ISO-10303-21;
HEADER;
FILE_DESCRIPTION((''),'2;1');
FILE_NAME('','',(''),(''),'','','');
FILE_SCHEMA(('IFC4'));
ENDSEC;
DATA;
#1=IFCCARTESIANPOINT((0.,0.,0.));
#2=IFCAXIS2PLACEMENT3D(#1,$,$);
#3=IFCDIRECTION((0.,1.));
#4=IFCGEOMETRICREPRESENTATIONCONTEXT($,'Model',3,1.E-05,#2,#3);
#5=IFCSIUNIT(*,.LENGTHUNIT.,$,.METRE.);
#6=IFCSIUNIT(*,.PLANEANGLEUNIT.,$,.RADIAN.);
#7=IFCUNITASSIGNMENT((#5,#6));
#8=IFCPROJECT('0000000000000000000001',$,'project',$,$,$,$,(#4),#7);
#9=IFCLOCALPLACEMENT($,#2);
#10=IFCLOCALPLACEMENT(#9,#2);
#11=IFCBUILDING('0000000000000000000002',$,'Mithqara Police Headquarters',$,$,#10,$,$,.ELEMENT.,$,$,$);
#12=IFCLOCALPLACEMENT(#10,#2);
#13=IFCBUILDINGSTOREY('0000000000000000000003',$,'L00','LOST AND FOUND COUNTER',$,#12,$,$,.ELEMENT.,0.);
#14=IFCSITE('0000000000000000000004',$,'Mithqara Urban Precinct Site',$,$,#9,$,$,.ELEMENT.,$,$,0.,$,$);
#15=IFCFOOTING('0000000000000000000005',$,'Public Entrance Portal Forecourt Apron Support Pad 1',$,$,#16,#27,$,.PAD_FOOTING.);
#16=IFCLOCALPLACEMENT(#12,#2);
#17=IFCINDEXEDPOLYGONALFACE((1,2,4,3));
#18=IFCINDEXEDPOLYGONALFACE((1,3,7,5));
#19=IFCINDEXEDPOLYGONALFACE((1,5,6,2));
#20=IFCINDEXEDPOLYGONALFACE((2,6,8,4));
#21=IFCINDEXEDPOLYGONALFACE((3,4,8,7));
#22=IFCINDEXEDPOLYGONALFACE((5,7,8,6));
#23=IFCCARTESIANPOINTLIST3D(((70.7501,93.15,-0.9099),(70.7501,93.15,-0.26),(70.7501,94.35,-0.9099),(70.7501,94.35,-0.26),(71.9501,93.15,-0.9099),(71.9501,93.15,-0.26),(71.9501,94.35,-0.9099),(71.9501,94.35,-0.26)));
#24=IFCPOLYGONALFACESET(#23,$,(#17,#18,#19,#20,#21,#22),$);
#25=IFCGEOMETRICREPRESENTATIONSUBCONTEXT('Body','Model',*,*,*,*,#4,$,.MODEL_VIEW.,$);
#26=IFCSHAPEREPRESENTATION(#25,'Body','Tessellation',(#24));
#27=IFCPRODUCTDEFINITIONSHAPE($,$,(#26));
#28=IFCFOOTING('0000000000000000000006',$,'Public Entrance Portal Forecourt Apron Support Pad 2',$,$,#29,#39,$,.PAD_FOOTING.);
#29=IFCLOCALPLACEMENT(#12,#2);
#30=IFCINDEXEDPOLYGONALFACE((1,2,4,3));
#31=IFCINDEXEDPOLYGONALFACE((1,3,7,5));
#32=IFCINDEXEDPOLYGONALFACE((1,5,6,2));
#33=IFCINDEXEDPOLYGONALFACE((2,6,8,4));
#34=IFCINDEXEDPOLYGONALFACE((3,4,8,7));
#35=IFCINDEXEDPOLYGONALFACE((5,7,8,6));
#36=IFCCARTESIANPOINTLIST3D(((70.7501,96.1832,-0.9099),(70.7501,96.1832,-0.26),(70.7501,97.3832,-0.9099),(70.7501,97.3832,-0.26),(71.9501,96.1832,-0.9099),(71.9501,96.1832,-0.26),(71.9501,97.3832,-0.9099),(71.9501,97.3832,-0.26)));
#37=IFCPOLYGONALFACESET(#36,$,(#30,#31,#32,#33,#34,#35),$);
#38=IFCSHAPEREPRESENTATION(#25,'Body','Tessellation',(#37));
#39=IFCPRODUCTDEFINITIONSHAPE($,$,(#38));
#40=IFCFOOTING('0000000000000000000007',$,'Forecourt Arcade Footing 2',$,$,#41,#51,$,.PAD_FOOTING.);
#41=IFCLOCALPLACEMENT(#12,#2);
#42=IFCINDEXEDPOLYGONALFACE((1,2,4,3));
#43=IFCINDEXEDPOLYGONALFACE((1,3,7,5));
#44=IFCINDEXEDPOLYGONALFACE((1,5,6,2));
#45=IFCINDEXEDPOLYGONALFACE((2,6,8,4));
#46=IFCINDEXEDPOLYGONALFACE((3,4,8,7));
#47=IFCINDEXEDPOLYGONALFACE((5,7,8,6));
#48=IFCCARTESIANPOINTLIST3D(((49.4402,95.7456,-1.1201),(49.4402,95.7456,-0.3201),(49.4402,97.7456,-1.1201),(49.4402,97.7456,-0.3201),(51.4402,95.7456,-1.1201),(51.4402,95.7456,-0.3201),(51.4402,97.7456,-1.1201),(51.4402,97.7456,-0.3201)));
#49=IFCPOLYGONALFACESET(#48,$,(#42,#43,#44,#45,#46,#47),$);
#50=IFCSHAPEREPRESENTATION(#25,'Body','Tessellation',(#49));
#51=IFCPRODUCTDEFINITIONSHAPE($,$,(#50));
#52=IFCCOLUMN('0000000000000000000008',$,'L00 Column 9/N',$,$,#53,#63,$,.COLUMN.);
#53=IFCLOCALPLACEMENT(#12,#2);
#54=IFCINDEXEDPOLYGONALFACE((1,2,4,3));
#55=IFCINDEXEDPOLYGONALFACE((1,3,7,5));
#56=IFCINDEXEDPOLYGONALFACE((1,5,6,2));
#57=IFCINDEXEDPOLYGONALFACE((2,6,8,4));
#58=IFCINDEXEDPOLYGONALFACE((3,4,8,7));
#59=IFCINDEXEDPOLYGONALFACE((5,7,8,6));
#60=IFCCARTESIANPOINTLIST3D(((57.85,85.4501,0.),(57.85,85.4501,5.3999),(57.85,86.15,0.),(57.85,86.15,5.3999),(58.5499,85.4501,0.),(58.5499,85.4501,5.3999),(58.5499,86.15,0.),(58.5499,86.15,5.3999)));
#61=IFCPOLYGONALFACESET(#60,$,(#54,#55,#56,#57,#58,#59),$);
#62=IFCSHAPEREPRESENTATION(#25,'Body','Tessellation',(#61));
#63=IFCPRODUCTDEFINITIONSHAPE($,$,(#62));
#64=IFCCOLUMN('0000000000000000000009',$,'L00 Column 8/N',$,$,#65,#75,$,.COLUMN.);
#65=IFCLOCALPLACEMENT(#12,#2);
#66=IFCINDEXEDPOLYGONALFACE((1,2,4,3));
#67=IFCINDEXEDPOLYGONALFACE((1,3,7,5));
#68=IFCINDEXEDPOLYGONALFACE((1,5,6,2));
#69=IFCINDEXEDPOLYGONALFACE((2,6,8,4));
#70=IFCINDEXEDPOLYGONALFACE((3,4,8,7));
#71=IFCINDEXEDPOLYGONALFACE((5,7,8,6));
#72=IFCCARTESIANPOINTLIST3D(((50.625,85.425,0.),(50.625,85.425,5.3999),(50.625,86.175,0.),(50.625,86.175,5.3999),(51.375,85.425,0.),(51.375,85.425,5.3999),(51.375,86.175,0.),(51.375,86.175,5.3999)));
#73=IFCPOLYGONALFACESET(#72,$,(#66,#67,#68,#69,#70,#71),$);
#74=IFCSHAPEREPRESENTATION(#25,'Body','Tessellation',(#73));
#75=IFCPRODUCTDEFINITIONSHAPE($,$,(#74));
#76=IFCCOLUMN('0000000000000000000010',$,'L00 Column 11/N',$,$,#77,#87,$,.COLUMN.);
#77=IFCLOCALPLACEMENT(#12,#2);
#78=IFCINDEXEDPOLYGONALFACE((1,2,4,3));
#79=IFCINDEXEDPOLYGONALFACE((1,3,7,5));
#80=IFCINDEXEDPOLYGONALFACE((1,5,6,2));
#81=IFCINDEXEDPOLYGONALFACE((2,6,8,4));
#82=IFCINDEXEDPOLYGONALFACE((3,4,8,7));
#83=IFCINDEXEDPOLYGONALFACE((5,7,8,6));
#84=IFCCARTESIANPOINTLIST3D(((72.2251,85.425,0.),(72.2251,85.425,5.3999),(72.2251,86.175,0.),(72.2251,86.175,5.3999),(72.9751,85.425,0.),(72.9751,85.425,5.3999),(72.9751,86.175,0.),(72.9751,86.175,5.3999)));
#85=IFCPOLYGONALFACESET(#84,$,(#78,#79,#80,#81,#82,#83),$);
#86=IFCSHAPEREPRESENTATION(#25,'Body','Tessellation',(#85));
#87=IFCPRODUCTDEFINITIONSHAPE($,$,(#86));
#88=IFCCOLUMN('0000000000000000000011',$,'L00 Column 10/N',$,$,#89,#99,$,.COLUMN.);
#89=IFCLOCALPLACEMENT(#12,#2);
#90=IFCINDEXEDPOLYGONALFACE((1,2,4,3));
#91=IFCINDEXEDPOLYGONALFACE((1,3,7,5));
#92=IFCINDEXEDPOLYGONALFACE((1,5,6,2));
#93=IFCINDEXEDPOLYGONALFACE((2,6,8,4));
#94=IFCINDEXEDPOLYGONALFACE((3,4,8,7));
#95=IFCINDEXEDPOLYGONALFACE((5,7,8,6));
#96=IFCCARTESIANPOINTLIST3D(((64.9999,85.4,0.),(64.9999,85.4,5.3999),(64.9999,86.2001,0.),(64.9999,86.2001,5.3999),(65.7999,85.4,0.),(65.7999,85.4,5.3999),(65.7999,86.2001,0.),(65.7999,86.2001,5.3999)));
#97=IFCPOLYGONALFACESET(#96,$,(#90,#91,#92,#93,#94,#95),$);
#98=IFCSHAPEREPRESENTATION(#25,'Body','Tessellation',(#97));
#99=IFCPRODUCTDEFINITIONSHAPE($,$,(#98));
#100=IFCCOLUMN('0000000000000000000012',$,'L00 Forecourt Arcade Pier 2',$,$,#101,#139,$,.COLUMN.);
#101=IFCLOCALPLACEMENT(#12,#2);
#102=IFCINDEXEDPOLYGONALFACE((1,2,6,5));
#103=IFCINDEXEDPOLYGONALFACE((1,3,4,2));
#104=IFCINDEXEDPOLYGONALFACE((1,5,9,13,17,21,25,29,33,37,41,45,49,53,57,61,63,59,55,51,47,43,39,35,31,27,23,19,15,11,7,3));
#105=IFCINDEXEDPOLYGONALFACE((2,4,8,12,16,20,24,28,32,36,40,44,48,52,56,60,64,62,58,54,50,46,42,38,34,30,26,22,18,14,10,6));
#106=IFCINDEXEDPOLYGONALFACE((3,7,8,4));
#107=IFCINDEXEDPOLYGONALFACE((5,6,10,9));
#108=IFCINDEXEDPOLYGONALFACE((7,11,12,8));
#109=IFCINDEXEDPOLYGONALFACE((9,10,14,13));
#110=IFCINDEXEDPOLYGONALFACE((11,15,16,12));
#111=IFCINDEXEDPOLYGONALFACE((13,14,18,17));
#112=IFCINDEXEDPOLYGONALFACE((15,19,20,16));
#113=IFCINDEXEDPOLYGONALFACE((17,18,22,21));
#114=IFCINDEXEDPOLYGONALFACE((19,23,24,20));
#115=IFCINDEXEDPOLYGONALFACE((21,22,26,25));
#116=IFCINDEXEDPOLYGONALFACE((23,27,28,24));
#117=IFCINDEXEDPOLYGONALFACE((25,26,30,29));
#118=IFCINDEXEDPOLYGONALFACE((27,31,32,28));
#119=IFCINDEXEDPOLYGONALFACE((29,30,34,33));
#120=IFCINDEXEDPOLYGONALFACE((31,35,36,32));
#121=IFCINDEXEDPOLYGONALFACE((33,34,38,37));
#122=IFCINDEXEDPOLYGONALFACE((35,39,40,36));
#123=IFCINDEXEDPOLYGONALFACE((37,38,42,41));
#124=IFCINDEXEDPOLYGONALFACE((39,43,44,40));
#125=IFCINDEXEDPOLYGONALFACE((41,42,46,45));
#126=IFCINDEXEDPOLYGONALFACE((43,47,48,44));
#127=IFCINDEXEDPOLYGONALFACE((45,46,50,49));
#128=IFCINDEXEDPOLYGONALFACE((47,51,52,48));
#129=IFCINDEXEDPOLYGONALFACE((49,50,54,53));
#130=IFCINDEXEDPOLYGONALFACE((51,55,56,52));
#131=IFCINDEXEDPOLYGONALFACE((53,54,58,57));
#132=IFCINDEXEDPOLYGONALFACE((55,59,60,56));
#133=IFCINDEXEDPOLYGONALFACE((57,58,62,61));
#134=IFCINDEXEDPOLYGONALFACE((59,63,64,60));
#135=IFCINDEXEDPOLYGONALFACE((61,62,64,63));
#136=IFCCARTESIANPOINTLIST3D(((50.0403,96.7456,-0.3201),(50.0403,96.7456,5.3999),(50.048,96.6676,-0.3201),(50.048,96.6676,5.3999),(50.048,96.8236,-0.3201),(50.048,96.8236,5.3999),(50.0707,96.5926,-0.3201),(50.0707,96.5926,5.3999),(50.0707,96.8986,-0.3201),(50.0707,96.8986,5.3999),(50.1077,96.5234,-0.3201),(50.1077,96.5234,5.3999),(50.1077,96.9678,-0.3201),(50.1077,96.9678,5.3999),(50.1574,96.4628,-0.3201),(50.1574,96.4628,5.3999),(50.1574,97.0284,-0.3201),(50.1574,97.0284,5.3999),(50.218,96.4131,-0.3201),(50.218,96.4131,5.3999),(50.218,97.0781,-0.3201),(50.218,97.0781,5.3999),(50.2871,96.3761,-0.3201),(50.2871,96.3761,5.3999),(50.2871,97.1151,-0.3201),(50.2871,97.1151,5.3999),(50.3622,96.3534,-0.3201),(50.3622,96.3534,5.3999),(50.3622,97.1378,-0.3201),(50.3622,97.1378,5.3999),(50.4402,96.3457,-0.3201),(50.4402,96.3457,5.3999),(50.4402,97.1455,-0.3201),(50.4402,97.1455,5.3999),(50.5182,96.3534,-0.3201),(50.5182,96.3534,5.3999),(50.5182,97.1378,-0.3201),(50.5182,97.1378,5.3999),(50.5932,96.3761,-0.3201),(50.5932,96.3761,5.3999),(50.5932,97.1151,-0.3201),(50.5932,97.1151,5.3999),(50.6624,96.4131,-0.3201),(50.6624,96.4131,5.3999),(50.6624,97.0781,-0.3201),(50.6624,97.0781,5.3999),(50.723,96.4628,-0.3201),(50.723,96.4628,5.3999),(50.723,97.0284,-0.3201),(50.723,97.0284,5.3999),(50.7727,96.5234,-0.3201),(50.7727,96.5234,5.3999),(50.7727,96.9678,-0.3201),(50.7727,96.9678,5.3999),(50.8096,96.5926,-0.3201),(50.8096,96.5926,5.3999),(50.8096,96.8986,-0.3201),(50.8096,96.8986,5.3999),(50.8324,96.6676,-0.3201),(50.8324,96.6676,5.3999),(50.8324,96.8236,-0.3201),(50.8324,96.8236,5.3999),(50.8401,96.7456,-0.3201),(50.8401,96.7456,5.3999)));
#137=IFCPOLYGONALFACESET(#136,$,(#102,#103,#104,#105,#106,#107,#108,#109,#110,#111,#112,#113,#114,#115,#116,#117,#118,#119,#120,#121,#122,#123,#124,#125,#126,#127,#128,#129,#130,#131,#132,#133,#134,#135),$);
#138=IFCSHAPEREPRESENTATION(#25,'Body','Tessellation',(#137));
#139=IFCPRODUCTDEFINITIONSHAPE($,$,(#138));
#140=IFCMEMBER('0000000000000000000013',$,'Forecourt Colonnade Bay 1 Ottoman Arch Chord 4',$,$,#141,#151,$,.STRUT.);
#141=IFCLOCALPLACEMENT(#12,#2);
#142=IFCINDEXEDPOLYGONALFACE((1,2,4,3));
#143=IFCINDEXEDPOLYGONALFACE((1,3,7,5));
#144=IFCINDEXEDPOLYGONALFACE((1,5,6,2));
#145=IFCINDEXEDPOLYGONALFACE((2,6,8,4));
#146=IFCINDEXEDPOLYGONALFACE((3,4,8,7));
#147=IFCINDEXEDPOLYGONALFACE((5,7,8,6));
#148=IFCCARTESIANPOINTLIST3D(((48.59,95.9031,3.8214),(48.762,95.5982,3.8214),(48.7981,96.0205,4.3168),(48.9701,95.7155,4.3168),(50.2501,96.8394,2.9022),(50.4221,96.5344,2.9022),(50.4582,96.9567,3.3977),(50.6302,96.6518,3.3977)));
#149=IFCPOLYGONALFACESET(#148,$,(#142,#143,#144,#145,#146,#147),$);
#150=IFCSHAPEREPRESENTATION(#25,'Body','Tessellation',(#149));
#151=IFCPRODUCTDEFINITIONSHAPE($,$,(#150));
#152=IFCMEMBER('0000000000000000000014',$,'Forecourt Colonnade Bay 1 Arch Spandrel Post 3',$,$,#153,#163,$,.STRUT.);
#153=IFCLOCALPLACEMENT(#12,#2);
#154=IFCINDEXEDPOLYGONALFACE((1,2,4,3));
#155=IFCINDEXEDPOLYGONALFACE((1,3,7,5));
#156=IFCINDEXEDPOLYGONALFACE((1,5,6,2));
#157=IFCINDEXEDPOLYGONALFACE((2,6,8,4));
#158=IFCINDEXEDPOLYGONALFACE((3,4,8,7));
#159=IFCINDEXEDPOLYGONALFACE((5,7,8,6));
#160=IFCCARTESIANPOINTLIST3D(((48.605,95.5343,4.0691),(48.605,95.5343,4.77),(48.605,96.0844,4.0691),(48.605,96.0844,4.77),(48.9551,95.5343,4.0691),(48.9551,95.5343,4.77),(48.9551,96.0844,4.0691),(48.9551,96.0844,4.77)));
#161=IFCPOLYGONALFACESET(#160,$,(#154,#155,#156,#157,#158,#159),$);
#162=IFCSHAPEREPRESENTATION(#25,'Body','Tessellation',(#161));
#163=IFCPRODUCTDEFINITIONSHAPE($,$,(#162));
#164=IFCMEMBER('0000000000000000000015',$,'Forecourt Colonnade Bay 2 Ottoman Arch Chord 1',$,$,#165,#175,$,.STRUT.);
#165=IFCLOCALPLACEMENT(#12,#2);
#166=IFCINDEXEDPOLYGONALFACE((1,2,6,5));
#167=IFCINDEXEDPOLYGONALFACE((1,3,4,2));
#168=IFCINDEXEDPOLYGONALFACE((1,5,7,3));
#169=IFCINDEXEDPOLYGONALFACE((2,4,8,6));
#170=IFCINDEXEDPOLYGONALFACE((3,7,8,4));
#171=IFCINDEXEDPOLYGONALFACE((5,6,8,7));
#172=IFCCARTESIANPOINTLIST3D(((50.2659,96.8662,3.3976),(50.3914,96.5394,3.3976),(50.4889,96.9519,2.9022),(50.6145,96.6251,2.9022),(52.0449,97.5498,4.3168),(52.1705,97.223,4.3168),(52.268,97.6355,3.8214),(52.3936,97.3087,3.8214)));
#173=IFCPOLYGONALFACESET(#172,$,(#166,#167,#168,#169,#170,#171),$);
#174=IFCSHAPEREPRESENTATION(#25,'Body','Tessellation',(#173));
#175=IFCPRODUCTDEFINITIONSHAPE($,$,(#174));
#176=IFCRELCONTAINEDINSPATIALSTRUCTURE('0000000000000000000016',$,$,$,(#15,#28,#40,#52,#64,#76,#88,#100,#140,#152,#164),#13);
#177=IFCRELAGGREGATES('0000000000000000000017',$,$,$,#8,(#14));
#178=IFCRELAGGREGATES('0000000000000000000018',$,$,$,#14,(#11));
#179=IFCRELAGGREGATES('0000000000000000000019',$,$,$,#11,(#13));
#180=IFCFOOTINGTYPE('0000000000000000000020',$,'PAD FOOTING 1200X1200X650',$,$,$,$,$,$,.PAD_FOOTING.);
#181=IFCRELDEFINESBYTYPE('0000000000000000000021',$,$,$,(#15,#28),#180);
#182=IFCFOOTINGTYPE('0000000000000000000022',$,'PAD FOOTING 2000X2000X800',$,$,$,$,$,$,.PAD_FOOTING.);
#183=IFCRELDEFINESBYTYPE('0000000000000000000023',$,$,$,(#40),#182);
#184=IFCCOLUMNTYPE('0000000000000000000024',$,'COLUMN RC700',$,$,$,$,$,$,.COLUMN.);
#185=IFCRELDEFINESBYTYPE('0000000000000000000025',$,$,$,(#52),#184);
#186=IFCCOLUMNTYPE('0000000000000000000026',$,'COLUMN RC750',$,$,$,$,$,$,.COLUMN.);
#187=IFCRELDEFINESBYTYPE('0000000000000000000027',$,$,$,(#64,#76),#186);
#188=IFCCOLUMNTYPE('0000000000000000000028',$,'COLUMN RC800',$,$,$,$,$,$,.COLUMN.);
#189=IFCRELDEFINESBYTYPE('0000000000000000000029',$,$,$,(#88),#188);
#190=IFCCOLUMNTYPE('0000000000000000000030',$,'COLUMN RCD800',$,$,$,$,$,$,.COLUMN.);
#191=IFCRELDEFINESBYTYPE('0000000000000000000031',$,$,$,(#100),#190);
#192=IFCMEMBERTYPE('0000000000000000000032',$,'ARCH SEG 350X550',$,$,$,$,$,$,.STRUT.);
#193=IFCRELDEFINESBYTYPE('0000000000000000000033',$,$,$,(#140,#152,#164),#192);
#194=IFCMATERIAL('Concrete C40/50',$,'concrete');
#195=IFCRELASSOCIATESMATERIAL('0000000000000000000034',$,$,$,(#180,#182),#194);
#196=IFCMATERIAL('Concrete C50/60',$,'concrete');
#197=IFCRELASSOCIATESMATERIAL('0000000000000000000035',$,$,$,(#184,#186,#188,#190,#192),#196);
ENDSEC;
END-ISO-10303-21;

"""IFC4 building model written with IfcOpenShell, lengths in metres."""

from ifc_helpers import new_model, si_unit, direction, frame, origin, origin_2d, place, context, subcontext, project, spatial, rectangle, circle, extrude, material, material_profile, profile_set, type_object, element, save


model = new_model("IFC4")

# Units and contexts
model_context = context("Model", 3, precision=1e-05, world=origin(), true_north=direction((0.0, 1.0)))
body_context = subcontext(model_context, "Body", "Model", "MODEL_VIEW")
ifc_project = project(units=[si_unit("LENGTHUNIT", "METRE"), si_unit("PLANEANGLEUNIT", "RADIAN")], contexts=[model_context])

# Site, building, storey
site_placement = place(None, origin())
site = spatial("IfcSite", under=ifc_project, at=site_placement, Name="Mithqara Urban Precinct Site", CompositionType="ELEMENT", RefElevation=0.0)
building_placement = place(site_placement, origin())
building = spatial("IfcBuilding", under=site, at=building_placement, Name="Mithqara Police Headquarters", CompositionType="ELEMENT")
storey_placement = place(building_placement, origin())
storey = spatial("IfcBuildingStorey", under=building, at=storey_placement, Name="L00", Description="LOST AND FOUND COUNTER", CompositionType="ELEMENT", Elevation=0.0)

# Footings
ifc_material_1 = material(Name="Concrete C40/50", Category="concrete")
footing_type_1 = type_object("IfcFootingType", Name="PAD FOOTING 1200X1200X650", PredefinedType="PAD_FOOTING", material=ifc_material_1)
for number, where, z_axis, x_axis, name in (
    (1, (71.3501, 93.75, -0.9099), (0.0, 0.0, 1.0), (1.0, 0.0, 0.0), "Public Entrance Portal Forecourt Apron Support Pad 1"),
    (2, (71.3501, 96.7832, -0.9099), (0.0, 0.0, 1.0), (1.0, 0.0, 0.0), "Public Entrance Portal Forecourt Apron Support Pad 2"),
):
    element("IfcFooting", number, at=place(storey_placement, frame(where, z_axis=z_axis, x_axis=x_axis)), inside=storey, type_object=footing_type_1, Name=name, PredefinedType="PAD_FOOTING", context=body_context, shape_type="SweptSolid", body=[
        extrude(rectangle(XDim=1.2, YDim=1.2, at=origin_2d()), origin(), (0.0, 0.0, 1.0), 0.6499),
    ])
footing_type_2 = type_object("IfcFootingType", Name="PAD FOOTING 2000X2000X800", PredefinedType="PAD_FOOTING", material=ifc_material_1)
footing_placement = place(storey_placement, frame((50.4402, 96.7456, -1.1201), z_axis=(0.0, 0.0, 1.0), x_axis=(1.0, 0.0, 0.0)))
element("IfcFooting", 3, at=footing_placement, inside=storey, type_object=footing_type_2, Name="Forecourt Arcade Footing 2", PredefinedType="PAD_FOOTING", context=body_context, shape_type="SweptSolid", body=[
    extrude(rectangle(XDim=2.0, YDim=2.0, at=origin_2d()), origin(), (0.0, 0.0, 1.0), 0.8),
])

# Columns
ifc_material_2 = material(Name="Concrete C50/60", Category="concrete")
ifc_material_profile_1 = material_profile(ifc_material_2, rectangle(XDim=0.7, YDim=0.7, at=origin_2d()), Name="RC 700x700")
ifc_profile_set_1 = profile_set([ifc_material_profile_1], Name="Concrete C50/60")
column_type_1 = type_object("IfcColumnType", Name="COLUMN RC700", PredefinedType="COLUMN", material=ifc_profile_set_1)
column_1_placement = place(storey_placement, frame((58.2, 85.8, 0.0), z_axis=(0.0, 0.0, 1.0), x_axis=(1.0, 0.0, 0.0)))
element("IfcColumn", 4, at=column_1_placement, inside=storey, type_object=column_type_1, Name="L00 Column 9/N", PredefinedType="COLUMN", context=body_context, shape_type="SweptSolid", body=[
    extrude(rectangle(XDim=0.7, YDim=0.7, at=origin_2d()), origin(), (0.0, 0.0, 1.0), 5.3999),
])
ifc_material_profile_2 = material_profile(ifc_material_2, rectangle(XDim=0.75, YDim=0.75, at=origin_2d()), Name="RC 750x750")
ifc_profile_set_2 = profile_set([ifc_material_profile_2], Name="Concrete C50/60")
column_type_2 = type_object("IfcColumnType", Name="COLUMN RC750", PredefinedType="COLUMN", material=ifc_profile_set_2)
for number, where, z_axis, x_axis, name in (
    (5, (51.0, 85.8, 0.0), (0.0, 0.0, 1.0), (1.0, 0.0, 0.0), "L00 Column 8/N"),
    (6, (72.6001, 85.8, 0.0), (0.0, 0.0, 1.0), (1.0, 0.0, 0.0), "L00 Column 11/N"),
):
    element("IfcColumn", number, at=place(storey_placement, frame(where, z_axis=z_axis, x_axis=x_axis)), inside=storey, type_object=column_type_2, Name=name, PredefinedType="COLUMN", context=body_context, shape_type="SweptSolid", body=[
        extrude(rectangle(XDim=0.75, YDim=0.75, at=origin_2d()), origin(), (0.0, 0.0, 1.0), 5.3999),
    ])
ifc_material_profile_3 = material_profile(ifc_material_2, rectangle(XDim=0.8, YDim=0.8, at=origin_2d()), Name="RC 800x800")
ifc_profile_set_3 = profile_set([ifc_material_profile_3], Name="Concrete C50/60")
column_type_3 = type_object("IfcColumnType", Name="COLUMN RC800", PredefinedType="COLUMN", material=ifc_profile_set_3)
column_2_placement = place(storey_placement, frame((65.3999, 85.8, 0.0), z_axis=(0.0, 0.0, 1.0), x_axis=(1.0, 0.0, 0.0)))
element("IfcColumn", 7, at=column_2_placement, inside=storey, type_object=column_type_3, Name="L00 Column 10/N", PredefinedType="COLUMN", context=body_context, shape_type="SweptSolid", body=[
    extrude(rectangle(XDim=0.8, YDim=0.8, at=origin_2d()), origin(), (0.0, 0.0, 1.0), 5.3999),
])
ifc_material_profile_4 = material_profile(ifc_material_2, circle(Radius=0.3999, at=origin_2d()), Name="RCD 800")
ifc_profile_set_4 = profile_set([ifc_material_profile_4], Name="Concrete C50/60")
column_type_4 = type_object("IfcColumnType", Name="COLUMN RCD800", PredefinedType="COLUMN", material=ifc_profile_set_4)
column_3_placement = place(storey_placement, frame((50.4402, 96.7456, -0.3201), z_axis=(0.0, 0.0, 1.0), x_axis=(1.0, 0.0, 0.0)))
element("IfcColumn", 8, at=column_3_placement, inside=storey, type_object=column_type_4, Name="L00 Forecourt Arcade Pier 2", PredefinedType="COLUMN", context=body_context, shape_type="SweptSolid", body=[
    extrude(circle(Radius=0.3999, at=origin_2d()), origin(), (0.0, 0.0, 1.0), 5.72),
])

# Members
ifc_material_profile_5 = material_profile(ifc_material_2, rectangle(XDim=0.3501, YDim=0.55, at=origin_2d()), Name="ARC 350x550")
ifc_profile_set_5 = profile_set([ifc_material_profile_5], Name="Concrete C50/60")
member_type_1 = type_object("IfcMemberType", Name="ARCH SEG 350X550", PredefinedType="STRUT", material=ifc_profile_set_5)
member_1_placement = place(storey_placement, frame((48.78, 95.8093, 4.0691), z_axis=(0.784556, 0.442467, -0.43439), x_axis=(-0.491234, 0.871028, 0.0)))
element("IfcMember", 9, at=member_1_placement, inside=storey, type_object=member_type_1, Name="Forecourt Colonnade Bay 1 Ottoman Arch Chord 4", PredefinedType="STRUT", context=body_context, shape_type="SweptSolid", body=[
    extrude(rectangle(XDim=0.3501, YDim=0.55, at=origin_2d()), origin(), (0.0, 0.0, 1.0), 2.116),
])
member_2_placement = place(storey_placement, frame((48.78, 95.8093, 4.0691), z_axis=(0.0, 0.0, 1.0), x_axis=(1.0, 0.0, 0.0)))
element("IfcMember", 10, at=member_2_placement, inside=storey, type_object=member_type_1, Name="Forecourt Colonnade Bay 1 Arch Spandrel Post 3", PredefinedType="STRUT", context=body_context, shape_type="SweptSolid", body=[
    extrude(rectangle(XDim=0.3501, YDim=0.55, at=origin_2d()), origin(), (0.0, 0.0, 1.0), 0.7009),
])
member_3_placement = place(storey_placement, frame((50.4402, 96.7456, 3.1499), z_axis=(0.840783, 0.323067, 0.43441), x_axis=(-0.358679, 0.933461, 0.0)))
element("IfcMember", 11, at=member_3_placement, inside=storey, type_object=member_type_1, Name="Forecourt Colonnade Bay 2 Ottoman Arch Chord 1", PredefinedType="STRUT", context=body_context, shape_type="SweptSolid", body=[
    extrude(rectangle(XDim=0.3501, YDim=0.55, at=origin_2d()), origin(), (0.0, 0.0, 1.0), 2.116),
])

save(model, "model.ifc")
